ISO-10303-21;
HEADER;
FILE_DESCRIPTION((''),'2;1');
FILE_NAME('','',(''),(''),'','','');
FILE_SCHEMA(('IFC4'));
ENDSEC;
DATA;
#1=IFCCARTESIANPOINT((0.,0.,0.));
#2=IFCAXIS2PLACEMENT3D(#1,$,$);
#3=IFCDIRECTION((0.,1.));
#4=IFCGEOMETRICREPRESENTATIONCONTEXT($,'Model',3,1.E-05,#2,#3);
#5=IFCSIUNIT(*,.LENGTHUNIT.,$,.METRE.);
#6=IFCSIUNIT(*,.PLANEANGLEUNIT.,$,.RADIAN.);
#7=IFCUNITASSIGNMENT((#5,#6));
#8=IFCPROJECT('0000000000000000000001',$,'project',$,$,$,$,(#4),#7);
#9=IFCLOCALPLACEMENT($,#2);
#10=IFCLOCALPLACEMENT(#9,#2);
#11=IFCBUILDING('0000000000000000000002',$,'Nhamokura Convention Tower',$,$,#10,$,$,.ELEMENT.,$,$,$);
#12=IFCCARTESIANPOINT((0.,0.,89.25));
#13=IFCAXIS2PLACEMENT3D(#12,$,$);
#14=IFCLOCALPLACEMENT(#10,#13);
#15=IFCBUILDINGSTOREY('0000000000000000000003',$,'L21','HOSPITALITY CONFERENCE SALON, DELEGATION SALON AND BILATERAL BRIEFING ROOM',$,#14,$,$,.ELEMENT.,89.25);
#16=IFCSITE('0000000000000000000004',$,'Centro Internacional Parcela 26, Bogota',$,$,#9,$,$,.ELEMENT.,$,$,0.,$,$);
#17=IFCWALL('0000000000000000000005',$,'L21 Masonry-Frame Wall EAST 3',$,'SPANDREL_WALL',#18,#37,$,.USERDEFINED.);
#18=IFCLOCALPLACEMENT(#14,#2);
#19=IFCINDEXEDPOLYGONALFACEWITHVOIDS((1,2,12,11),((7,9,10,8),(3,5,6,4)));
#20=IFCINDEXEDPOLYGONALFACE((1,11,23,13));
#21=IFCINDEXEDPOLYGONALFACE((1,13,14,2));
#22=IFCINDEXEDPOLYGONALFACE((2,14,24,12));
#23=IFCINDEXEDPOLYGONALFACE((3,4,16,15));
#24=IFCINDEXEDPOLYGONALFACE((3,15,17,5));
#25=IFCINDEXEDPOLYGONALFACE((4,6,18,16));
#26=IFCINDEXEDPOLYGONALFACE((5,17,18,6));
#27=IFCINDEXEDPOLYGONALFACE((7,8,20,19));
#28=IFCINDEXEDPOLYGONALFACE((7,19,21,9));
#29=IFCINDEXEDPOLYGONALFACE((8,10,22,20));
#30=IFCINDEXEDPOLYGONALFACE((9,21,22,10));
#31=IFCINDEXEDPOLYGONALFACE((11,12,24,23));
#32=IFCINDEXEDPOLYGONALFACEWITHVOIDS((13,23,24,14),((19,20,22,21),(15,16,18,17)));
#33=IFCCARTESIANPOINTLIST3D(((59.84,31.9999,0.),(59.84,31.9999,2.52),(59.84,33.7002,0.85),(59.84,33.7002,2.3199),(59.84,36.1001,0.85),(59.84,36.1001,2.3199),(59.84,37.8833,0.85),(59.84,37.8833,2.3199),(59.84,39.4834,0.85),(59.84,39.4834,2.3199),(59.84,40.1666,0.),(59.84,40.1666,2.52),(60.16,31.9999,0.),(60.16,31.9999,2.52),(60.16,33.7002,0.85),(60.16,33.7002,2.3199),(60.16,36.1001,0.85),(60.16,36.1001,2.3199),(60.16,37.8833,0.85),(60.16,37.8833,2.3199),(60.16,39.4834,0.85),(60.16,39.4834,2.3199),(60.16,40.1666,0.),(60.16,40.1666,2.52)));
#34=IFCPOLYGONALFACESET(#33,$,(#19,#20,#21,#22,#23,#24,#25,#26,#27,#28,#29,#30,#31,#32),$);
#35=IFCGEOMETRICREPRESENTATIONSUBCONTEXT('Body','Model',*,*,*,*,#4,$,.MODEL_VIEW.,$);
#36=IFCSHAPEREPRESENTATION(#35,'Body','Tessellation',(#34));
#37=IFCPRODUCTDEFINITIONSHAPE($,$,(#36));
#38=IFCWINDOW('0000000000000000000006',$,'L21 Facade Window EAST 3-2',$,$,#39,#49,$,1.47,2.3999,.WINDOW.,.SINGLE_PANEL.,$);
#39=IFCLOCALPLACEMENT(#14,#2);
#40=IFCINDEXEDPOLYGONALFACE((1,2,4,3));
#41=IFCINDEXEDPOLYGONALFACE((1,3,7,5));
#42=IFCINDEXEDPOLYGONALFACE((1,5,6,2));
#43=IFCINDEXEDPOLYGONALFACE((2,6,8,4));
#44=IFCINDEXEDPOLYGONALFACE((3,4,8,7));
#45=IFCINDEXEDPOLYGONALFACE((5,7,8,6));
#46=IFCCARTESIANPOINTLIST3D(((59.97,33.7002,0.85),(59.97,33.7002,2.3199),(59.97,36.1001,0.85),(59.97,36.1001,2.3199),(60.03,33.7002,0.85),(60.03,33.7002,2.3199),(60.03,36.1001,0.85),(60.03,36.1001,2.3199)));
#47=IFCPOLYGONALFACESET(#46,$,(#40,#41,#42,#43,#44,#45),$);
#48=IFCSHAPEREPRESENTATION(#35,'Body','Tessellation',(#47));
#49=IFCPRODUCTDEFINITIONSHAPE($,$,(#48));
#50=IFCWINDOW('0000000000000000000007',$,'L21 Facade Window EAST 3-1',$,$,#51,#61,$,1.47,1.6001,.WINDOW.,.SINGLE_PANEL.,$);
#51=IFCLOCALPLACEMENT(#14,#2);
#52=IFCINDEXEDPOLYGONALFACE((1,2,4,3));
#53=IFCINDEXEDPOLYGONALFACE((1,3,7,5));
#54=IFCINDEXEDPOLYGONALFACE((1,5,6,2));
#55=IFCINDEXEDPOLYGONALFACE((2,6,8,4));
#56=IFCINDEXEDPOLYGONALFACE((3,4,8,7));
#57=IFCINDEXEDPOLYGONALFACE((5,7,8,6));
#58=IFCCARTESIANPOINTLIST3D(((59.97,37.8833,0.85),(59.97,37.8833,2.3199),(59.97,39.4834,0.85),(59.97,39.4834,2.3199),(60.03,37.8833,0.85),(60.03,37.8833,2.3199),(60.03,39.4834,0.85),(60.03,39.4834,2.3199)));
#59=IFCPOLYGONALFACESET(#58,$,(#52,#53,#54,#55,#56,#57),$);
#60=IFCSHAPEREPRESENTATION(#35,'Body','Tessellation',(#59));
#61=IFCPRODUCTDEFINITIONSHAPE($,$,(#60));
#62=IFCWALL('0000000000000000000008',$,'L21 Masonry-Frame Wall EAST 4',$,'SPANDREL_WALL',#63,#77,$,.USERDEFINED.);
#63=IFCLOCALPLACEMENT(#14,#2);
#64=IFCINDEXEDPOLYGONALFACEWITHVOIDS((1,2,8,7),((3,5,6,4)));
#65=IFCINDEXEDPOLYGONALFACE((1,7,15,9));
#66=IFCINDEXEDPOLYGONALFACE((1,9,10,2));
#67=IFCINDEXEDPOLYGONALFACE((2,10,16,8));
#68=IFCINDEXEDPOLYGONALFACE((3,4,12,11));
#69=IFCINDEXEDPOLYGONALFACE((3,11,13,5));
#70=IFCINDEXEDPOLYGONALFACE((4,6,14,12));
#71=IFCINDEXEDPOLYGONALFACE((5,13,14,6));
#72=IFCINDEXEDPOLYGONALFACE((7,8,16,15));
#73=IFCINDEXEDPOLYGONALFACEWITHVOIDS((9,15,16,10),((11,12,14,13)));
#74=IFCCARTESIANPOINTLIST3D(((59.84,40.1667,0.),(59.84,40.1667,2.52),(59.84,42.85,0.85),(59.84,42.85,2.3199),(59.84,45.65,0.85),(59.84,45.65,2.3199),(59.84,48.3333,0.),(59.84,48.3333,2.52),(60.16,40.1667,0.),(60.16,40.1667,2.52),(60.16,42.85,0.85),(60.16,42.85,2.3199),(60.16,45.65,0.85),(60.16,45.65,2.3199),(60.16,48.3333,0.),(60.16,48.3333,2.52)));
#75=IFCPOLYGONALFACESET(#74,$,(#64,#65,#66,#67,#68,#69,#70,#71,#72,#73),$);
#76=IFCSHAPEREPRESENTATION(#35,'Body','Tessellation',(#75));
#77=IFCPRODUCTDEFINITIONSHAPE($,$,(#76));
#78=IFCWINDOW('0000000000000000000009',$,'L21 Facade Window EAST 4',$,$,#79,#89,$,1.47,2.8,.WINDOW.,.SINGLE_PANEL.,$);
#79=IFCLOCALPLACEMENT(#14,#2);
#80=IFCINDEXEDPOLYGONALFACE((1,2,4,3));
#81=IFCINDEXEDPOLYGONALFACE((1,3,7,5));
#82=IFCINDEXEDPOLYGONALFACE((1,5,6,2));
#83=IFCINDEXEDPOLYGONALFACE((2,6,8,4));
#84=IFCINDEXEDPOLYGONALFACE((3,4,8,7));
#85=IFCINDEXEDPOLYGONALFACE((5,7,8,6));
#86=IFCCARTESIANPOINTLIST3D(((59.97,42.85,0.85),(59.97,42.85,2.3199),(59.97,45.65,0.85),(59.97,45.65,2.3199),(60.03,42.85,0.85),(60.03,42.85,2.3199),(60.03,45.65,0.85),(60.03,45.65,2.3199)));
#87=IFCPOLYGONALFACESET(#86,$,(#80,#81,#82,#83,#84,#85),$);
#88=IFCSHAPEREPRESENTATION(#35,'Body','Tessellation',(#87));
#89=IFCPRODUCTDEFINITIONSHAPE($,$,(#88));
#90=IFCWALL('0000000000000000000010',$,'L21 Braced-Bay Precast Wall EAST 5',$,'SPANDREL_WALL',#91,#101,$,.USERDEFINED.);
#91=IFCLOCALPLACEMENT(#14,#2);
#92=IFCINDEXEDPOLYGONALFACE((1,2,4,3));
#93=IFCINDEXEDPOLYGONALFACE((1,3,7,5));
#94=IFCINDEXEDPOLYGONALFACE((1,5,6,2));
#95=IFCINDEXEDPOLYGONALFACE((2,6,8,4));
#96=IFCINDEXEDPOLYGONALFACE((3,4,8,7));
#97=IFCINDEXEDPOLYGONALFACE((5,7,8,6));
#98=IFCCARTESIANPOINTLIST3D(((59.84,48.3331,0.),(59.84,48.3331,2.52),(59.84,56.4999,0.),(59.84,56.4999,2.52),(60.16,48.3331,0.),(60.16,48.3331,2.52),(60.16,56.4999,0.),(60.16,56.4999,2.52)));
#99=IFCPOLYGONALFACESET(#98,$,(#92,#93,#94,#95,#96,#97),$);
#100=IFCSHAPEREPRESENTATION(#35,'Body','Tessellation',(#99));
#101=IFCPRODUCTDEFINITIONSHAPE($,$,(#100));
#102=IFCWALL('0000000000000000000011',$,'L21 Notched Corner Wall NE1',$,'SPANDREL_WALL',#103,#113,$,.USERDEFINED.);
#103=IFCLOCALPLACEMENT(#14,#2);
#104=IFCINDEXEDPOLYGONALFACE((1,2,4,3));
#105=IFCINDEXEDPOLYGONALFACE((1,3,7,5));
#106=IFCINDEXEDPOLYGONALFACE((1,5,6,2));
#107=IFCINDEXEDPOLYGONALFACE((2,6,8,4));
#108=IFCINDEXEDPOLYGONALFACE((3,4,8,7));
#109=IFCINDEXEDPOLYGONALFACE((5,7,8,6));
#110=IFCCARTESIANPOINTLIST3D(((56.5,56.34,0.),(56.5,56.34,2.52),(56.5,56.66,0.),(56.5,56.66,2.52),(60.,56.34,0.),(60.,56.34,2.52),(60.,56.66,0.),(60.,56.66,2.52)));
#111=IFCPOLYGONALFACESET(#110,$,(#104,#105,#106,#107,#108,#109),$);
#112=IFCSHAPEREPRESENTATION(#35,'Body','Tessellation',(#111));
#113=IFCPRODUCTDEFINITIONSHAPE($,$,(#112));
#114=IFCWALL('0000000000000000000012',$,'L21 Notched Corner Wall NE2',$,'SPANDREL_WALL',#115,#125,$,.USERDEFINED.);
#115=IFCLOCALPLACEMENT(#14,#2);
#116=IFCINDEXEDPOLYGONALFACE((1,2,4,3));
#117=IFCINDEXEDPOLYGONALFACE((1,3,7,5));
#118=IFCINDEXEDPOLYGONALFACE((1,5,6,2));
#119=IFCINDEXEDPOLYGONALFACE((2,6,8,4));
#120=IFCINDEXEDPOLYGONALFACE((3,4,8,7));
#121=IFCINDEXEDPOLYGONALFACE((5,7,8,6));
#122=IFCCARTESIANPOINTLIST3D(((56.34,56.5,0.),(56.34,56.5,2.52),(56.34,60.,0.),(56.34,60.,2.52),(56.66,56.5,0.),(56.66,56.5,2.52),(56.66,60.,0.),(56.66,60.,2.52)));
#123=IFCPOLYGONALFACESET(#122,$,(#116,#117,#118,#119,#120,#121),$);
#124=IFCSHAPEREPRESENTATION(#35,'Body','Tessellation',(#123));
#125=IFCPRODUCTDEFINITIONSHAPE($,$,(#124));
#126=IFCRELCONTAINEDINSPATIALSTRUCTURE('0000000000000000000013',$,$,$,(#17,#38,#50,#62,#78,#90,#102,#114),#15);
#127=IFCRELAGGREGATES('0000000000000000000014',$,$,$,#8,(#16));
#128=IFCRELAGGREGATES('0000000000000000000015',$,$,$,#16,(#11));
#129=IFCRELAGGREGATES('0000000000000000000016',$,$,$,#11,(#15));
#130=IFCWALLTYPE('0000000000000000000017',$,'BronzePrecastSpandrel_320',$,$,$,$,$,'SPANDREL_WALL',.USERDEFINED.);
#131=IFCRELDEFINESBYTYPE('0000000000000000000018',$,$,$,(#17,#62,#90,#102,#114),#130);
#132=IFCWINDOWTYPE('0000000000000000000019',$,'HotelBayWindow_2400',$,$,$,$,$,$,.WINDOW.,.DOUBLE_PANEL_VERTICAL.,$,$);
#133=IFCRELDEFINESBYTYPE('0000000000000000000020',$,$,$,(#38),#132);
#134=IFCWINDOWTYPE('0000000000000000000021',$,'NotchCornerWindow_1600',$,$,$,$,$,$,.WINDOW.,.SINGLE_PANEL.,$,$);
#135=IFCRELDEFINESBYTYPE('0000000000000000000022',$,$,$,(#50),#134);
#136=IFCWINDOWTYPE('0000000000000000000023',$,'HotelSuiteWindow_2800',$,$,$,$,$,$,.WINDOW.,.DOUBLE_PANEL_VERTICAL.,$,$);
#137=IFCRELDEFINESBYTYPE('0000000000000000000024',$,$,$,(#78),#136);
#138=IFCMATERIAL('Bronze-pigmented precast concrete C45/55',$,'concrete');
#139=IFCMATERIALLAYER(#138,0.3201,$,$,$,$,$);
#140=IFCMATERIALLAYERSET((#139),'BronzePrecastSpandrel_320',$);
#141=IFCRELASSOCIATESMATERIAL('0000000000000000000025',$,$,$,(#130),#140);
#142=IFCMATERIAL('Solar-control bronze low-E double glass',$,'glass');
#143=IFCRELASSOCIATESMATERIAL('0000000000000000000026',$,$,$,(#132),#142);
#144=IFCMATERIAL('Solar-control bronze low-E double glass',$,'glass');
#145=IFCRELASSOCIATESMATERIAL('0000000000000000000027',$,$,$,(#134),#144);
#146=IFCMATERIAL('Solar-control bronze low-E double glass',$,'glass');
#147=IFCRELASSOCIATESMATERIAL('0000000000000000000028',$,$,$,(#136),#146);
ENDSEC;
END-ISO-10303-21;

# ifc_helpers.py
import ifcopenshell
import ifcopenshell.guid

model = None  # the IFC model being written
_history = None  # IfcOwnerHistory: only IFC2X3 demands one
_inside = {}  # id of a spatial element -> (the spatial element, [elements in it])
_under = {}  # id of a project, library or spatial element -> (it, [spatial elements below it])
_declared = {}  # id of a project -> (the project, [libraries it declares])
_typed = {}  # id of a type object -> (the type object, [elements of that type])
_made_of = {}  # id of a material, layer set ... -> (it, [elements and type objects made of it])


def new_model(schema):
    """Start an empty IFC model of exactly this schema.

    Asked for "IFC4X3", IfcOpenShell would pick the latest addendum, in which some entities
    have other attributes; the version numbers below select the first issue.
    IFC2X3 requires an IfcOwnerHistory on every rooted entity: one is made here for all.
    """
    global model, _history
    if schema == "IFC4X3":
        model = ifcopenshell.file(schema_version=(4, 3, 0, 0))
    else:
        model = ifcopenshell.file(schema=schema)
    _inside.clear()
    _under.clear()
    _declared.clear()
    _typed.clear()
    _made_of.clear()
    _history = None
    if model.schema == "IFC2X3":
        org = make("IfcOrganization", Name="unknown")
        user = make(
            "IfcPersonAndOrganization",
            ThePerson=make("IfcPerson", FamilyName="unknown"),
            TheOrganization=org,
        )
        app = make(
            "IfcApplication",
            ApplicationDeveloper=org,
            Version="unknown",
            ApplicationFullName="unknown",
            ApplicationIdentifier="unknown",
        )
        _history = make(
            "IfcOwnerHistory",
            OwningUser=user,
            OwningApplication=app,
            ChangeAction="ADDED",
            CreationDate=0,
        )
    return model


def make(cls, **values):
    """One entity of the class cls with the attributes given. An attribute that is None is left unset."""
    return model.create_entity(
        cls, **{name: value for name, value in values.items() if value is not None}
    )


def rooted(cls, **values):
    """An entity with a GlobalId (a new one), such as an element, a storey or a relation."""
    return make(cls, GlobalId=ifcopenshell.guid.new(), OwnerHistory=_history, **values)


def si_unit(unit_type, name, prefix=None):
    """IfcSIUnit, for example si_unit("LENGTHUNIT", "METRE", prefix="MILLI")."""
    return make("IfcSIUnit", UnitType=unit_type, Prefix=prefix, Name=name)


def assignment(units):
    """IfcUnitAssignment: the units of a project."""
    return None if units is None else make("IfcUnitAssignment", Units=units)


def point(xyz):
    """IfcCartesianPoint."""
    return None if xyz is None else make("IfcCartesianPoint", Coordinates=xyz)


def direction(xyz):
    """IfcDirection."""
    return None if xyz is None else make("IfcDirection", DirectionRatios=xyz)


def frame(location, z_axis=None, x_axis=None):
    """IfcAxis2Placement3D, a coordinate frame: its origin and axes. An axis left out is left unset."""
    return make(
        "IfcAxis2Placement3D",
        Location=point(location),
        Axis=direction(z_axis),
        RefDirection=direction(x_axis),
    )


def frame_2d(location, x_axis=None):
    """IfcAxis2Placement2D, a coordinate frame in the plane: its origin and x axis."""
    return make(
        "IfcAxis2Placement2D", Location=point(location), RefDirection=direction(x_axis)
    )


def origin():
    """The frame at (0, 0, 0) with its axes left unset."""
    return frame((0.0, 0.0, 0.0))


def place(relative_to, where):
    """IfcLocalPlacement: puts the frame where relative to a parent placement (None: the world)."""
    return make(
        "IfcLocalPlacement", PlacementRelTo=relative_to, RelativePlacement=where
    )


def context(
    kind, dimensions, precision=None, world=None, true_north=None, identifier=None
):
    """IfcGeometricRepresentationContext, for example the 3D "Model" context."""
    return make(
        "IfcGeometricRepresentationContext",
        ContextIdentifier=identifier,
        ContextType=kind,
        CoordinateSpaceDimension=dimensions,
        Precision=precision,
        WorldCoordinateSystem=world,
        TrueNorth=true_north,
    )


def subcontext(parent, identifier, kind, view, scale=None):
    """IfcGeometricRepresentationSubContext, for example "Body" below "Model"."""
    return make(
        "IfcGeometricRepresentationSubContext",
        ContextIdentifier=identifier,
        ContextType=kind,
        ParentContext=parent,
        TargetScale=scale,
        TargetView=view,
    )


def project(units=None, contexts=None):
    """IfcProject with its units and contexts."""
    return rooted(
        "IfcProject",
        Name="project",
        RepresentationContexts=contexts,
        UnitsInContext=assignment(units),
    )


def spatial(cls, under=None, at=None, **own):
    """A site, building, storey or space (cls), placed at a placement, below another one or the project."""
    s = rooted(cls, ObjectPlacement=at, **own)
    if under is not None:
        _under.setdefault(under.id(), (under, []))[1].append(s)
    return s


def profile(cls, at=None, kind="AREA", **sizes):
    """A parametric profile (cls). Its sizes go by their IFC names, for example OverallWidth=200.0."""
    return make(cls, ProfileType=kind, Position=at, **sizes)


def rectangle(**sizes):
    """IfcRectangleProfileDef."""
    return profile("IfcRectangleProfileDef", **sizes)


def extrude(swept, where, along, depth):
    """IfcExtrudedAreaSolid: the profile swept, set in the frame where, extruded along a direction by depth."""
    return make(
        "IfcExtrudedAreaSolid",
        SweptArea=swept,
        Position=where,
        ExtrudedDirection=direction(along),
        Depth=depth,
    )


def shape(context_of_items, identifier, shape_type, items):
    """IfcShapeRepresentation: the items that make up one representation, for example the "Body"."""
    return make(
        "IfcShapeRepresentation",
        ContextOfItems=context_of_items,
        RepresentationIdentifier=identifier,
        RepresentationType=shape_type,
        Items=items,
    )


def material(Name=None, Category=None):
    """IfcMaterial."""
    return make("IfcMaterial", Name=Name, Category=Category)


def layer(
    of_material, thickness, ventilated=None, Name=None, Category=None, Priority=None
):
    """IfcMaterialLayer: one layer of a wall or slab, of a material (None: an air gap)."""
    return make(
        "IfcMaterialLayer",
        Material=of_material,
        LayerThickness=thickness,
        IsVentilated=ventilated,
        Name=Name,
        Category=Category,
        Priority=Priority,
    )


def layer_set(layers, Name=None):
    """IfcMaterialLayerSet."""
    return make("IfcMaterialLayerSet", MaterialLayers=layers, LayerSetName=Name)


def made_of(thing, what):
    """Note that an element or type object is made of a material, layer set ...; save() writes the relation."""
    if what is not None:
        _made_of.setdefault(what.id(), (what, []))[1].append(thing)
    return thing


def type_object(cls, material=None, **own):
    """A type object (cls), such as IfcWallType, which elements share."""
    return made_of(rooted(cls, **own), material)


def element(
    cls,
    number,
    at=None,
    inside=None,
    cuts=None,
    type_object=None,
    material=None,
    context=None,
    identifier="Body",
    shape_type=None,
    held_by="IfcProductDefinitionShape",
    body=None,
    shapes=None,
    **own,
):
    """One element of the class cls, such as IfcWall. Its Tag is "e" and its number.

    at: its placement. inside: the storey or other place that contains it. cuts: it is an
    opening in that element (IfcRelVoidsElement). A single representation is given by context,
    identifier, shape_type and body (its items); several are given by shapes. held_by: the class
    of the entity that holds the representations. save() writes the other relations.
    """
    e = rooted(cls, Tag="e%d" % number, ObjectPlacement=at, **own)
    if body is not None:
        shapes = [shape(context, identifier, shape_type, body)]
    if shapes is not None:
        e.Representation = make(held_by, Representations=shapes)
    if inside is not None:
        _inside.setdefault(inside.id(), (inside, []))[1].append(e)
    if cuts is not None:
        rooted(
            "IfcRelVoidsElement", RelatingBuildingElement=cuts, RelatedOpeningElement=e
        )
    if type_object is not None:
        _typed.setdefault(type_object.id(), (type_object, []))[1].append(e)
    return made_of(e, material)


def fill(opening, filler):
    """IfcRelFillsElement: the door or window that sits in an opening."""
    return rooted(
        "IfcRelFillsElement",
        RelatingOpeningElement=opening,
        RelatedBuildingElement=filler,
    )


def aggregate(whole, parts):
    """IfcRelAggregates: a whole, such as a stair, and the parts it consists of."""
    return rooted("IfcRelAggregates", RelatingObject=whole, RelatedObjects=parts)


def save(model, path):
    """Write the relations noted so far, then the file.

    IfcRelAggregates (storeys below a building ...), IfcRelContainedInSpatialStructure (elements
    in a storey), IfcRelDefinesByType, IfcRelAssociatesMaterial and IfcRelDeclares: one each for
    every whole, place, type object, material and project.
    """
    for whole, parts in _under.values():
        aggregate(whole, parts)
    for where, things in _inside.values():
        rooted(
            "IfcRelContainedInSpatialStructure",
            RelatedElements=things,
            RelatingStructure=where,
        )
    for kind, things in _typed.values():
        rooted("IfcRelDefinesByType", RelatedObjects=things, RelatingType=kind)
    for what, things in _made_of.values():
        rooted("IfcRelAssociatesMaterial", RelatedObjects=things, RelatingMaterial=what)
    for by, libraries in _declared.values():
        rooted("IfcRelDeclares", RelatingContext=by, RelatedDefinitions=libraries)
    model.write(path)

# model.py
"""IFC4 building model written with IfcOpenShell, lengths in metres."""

from ifc_helpers import new_model, si_unit, direction, frame, frame_2d, origin, place, context, subcontext, project, spatial, rectangle, extrude, material, layer, layer_set, type_object, element, fill, save


model = new_model("IFC4")

# Units and contexts
model_context = context("Model", 3, precision=1e-05, world=origin(), true_north=direction((0.0, 1.0)))
body_context = subcontext(model_context, "Body", "Model", "MODEL_VIEW")
ifc_project = project(units=[si_unit("LENGTHUNIT", "METRE"), si_unit("PLANEANGLEUNIT", "RADIAN")], contexts=[model_context])

# Site, building, storey
site_placement = place(None, origin())
site = spatial("IfcSite", under=ifc_project, at=site_placement, Name="Centro Internacional Parcela 26, Bogota", CompositionType="ELEMENT", RefElevation=0.0)
building_placement = place(site_placement, origin())
building = spatial("IfcBuilding", under=site, at=building_placement, Name="Nhamokura Convention Tower", CompositionType="ELEMENT")
storey_placement = place(building_placement, frame((0.0, 0.0, 89.25)))
storey = spatial("IfcBuildingStorey", under=building, at=storey_placement, Name="L21", Description="HOSPITALITY CONFERENCE SALON, DELEGATION SALON AND BILATERAL BRIEFING ROOM", CompositionType="ELEMENT", Elevation=89.25)

# Shared definitions
ifc_material_1 = material(Name="Bronze-pigmented precast concrete C45/55", Category="concrete")
ifc_layer = layer(ifc_material_1, 0.3201)
ifc_layer_set = layer_set([ifc_layer], Name="BronzePrecastSpandrel_320")
wall_type = type_object("IfcWallType", Name="BronzePrecastSpandrel_320", ElementType="SPANDREL_WALL", PredefinedType="USERDEFINED", material=ifc_layer_set)

# Wall, openings, windows
wall_1_placement = place(storey_placement, frame((60.0, 40.1667, 0.0), z_axis=(0.0, 0.0, 1.0), x_axis=(0.0, -1.0, 0.0)))
wall_1 = element("IfcWall", 1, at=wall_1_placement, inside=storey, type_object=wall_type, Name="L21 Masonry-Frame Wall EAST 3", ObjectType="SPANDREL_WALL", PredefinedType="USERDEFINED", context=body_context, shape_type="SweptSolid", body=[
    extrude(rectangle(XDim=8.1667, YDim=0.3201, at=frame_2d((4.0835, 0.0))), origin(), (0.0, 0.0, 1.0), 2.52),
])
opening_1_placement = place(wall_1_placement, frame((0.6833, 0.0, 0.8501)))
opening_1 = element("IfcOpeningElement", 2, at=opening_1_placement, cuts=wall_1, PredefinedType="OPENING", context=body_context, shape_type="SweptSolid", body=[
    extrude(rectangle(XDim=1.6001, YDim=1.47, at=frame_2d((0.8, 0.7349))), frame((0.0, 0.1699, 0.0), z_axis=(0.0, -1.0, 0.0), x_axis=(1.0, 0.0, 0.0)), (0.0, 0.0, 1.0), 0.3401),
])
opening_2_placement = place(wall_1_placement, frame((4.0667, 0.0, 0.8501)))
opening_2 = element("IfcOpeningElement", 3, at=opening_2_placement, cuts=wall_1, PredefinedType="OPENING", context=body_context, shape_type="SweptSolid", body=[
    extrude(rectangle(XDim=2.3999, YDim=1.47, at=frame_2d((1.2, 0.7349))), frame((0.0, 0.1699, 0.0), z_axis=(0.0, -1.0, 0.0), x_axis=(1.0, 0.0, 0.0)), (0.0, 0.0, 1.0), 0.3401),
])
ifc_material_2 = material(Name="Solar-control bronze low-E double glass", Category="glass")
window_type_1 = type_object("IfcWindowType", Name="HotelBayWindow_2400", PartitioningType="DOUBLE_PANEL_VERTICAL", PredefinedType="WINDOW", material=ifc_material_2)
window_1_placement = place(opening_2_placement, origin())
window_1 = element("IfcWindow", 4, at=window_1_placement, inside=storey, type_object=window_type_1, Name="L21 Facade Window EAST 3-2", OverallHeight=1.47, OverallWidth=2.3999, PartitioningType="SINGLE_PANEL", PredefinedType="WINDOW", context=body_context, shape_type="SweptSolid", body=[
    extrude(rectangle(XDim=2.3999, YDim=1.47, at=frame_2d((1.2, 0.7349))), frame((0.0, 0.03, 0.0), z_axis=(0.0, -1.0, 0.0), x_axis=(1.0, 0.0, 0.0)), (0.0, 0.0, 1.0), 0.0601),
])
fill(opening_2, window_1)
ifc_material_3 = material(Name="Solar-control bronze low-E double glass", Category="glass")
window_type_2 = type_object("IfcWindowType", Name="NotchCornerWindow_1600", PartitioningType="SINGLE_PANEL", PredefinedType="WINDOW", material=ifc_material_3)
window_2_placement = place(opening_1_placement, origin())
window_2 = element("IfcWindow", 5, at=window_2_placement, inside=storey, type_object=window_type_2, Name="L21 Facade Window EAST 3-1", OverallHeight=1.47, OverallWidth=1.6001, PartitioningType="SINGLE_PANEL", PredefinedType="WINDOW", context=body_context, shape_type="SweptSolid", body=[
    extrude(rectangle(XDim=1.6001, YDim=1.47, at=frame_2d((0.8, 0.7349))), frame((0.0, 0.03, 0.0), z_axis=(0.0, -1.0, 0.0), x_axis=(1.0, 0.0, 0.0)), (0.0, 0.0, 1.0), 0.0601),
])
fill(opening_1, window_2)

# Wall, opening, window
wall_2_placement = place(storey_placement, frame((60.0, 48.3333, 0.0), z_axis=(0.0, 0.0, 1.0), x_axis=(0.0, -1.0, 0.0)))
wall_2 = element("IfcWall", 6, at=wall_2_placement, inside=storey, type_object=wall_type, Name="L21 Masonry-Frame Wall EAST 4", ObjectType="SPANDREL_WALL", PredefinedType="USERDEFINED", context=body_context, shape_type="SweptSolid", body=[
    extrude(rectangle(XDim=8.1665, YDim=0.3201, at=frame_2d((4.0833, 0.0))), origin(), (0.0, 0.0, 1.0), 2.52),
])
opening_3_placement = place(wall_2_placement, frame((2.6833, 0.0, 0.8501)))
opening_3 = element("IfcOpeningElement", 7, at=opening_3_placement, cuts=wall_2, PredefinedType="OPENING", context=body_context, shape_type="SweptSolid", body=[
    extrude(rectangle(XDim=2.8, YDim=1.47, at=frame_2d((1.3999, 0.7349))), frame((0.0, 0.1699, 0.0), z_axis=(0.0, -1.0, 0.0), x_axis=(1.0, 0.0, 0.0)), (0.0, 0.0, 1.0), 0.3401),
])
ifc_material_4 = material(Name="Solar-control bronze low-E double glass", Category="glass")
window_type_3 = type_object("IfcWindowType", Name="HotelSuiteWindow_2800", PartitioningType="DOUBLE_PANEL_VERTICAL", PredefinedType="WINDOW", material=ifc_material_4)
window_3_placement = place(opening_3_placement, origin())
window_3 = element("IfcWindow", 8, at=window_3_placement, inside=storey, type_object=window_type_3, Name="L21 Facade Window EAST 4", OverallHeight=1.47, OverallWidth=2.8, PartitioningType="SINGLE_PANEL", PredefinedType="WINDOW", context=body_context, shape_type="SweptSolid", body=[
    extrude(rectangle(XDim=2.8, YDim=1.47, at=frame_2d((1.3999, 0.7349))), frame((0.0, 0.03, 0.0), z_axis=(0.0, -1.0, 0.0), x_axis=(1.0, 0.0, 0.0)), (0.0, 0.0, 1.0), 0.0601),
])
fill(opening_3, window_3)

# Walls
wall_3_placement = place(storey_placement, frame((60.0, 56.5, 0.0), z_axis=(0.0, 0.0, 1.0), x_axis=(0.0, -1.0, 0.0)))
element("IfcWall", 9, at=wall_3_placement, inside=storey, type_object=wall_type, Name="L21 Braced-Bay Precast Wall EAST 5", ObjectType="SPANDREL_WALL", PredefinedType="USERDEFINED", context=body_context, shape_type="SweptSolid", body=[
    extrude(rectangle(XDim=8.1667, YDim=0.3201, at=frame_2d((4.0835, 0.0))), origin(), (0.0, 0.0, 1.0), 2.52),
])
for number, where, z_axis, x_axis, name in (
    (10, (56.5, 56.5, 0.0), (0.0, 0.0, 1.0), (1.0, 0.0, 0.0), "L21 Notched Corner Wall NE1"),
    (11, (56.5, 60.0, 0.0), (0.0, 0.0, 1.0), (0.0, -1.0, 0.0), "L21 Notched Corner Wall NE2"),
):
    element("IfcWall", number, at=place(storey_placement, frame(where, z_axis=z_axis, x_axis=x_axis)), inside=storey, type_object=wall_type, Name=name, ObjectType="SPANDREL_WALL", PredefinedType="USERDEFINED", context=body_context, shape_type="SweptSolid", body=[
        extrude(rectangle(XDim=3.5, YDim=0.3201, at=frame_2d((1.75, 0.0))), origin(), (0.0, 0.0, 1.0), 2.52),
    ])

save(model, "model.ifc")
